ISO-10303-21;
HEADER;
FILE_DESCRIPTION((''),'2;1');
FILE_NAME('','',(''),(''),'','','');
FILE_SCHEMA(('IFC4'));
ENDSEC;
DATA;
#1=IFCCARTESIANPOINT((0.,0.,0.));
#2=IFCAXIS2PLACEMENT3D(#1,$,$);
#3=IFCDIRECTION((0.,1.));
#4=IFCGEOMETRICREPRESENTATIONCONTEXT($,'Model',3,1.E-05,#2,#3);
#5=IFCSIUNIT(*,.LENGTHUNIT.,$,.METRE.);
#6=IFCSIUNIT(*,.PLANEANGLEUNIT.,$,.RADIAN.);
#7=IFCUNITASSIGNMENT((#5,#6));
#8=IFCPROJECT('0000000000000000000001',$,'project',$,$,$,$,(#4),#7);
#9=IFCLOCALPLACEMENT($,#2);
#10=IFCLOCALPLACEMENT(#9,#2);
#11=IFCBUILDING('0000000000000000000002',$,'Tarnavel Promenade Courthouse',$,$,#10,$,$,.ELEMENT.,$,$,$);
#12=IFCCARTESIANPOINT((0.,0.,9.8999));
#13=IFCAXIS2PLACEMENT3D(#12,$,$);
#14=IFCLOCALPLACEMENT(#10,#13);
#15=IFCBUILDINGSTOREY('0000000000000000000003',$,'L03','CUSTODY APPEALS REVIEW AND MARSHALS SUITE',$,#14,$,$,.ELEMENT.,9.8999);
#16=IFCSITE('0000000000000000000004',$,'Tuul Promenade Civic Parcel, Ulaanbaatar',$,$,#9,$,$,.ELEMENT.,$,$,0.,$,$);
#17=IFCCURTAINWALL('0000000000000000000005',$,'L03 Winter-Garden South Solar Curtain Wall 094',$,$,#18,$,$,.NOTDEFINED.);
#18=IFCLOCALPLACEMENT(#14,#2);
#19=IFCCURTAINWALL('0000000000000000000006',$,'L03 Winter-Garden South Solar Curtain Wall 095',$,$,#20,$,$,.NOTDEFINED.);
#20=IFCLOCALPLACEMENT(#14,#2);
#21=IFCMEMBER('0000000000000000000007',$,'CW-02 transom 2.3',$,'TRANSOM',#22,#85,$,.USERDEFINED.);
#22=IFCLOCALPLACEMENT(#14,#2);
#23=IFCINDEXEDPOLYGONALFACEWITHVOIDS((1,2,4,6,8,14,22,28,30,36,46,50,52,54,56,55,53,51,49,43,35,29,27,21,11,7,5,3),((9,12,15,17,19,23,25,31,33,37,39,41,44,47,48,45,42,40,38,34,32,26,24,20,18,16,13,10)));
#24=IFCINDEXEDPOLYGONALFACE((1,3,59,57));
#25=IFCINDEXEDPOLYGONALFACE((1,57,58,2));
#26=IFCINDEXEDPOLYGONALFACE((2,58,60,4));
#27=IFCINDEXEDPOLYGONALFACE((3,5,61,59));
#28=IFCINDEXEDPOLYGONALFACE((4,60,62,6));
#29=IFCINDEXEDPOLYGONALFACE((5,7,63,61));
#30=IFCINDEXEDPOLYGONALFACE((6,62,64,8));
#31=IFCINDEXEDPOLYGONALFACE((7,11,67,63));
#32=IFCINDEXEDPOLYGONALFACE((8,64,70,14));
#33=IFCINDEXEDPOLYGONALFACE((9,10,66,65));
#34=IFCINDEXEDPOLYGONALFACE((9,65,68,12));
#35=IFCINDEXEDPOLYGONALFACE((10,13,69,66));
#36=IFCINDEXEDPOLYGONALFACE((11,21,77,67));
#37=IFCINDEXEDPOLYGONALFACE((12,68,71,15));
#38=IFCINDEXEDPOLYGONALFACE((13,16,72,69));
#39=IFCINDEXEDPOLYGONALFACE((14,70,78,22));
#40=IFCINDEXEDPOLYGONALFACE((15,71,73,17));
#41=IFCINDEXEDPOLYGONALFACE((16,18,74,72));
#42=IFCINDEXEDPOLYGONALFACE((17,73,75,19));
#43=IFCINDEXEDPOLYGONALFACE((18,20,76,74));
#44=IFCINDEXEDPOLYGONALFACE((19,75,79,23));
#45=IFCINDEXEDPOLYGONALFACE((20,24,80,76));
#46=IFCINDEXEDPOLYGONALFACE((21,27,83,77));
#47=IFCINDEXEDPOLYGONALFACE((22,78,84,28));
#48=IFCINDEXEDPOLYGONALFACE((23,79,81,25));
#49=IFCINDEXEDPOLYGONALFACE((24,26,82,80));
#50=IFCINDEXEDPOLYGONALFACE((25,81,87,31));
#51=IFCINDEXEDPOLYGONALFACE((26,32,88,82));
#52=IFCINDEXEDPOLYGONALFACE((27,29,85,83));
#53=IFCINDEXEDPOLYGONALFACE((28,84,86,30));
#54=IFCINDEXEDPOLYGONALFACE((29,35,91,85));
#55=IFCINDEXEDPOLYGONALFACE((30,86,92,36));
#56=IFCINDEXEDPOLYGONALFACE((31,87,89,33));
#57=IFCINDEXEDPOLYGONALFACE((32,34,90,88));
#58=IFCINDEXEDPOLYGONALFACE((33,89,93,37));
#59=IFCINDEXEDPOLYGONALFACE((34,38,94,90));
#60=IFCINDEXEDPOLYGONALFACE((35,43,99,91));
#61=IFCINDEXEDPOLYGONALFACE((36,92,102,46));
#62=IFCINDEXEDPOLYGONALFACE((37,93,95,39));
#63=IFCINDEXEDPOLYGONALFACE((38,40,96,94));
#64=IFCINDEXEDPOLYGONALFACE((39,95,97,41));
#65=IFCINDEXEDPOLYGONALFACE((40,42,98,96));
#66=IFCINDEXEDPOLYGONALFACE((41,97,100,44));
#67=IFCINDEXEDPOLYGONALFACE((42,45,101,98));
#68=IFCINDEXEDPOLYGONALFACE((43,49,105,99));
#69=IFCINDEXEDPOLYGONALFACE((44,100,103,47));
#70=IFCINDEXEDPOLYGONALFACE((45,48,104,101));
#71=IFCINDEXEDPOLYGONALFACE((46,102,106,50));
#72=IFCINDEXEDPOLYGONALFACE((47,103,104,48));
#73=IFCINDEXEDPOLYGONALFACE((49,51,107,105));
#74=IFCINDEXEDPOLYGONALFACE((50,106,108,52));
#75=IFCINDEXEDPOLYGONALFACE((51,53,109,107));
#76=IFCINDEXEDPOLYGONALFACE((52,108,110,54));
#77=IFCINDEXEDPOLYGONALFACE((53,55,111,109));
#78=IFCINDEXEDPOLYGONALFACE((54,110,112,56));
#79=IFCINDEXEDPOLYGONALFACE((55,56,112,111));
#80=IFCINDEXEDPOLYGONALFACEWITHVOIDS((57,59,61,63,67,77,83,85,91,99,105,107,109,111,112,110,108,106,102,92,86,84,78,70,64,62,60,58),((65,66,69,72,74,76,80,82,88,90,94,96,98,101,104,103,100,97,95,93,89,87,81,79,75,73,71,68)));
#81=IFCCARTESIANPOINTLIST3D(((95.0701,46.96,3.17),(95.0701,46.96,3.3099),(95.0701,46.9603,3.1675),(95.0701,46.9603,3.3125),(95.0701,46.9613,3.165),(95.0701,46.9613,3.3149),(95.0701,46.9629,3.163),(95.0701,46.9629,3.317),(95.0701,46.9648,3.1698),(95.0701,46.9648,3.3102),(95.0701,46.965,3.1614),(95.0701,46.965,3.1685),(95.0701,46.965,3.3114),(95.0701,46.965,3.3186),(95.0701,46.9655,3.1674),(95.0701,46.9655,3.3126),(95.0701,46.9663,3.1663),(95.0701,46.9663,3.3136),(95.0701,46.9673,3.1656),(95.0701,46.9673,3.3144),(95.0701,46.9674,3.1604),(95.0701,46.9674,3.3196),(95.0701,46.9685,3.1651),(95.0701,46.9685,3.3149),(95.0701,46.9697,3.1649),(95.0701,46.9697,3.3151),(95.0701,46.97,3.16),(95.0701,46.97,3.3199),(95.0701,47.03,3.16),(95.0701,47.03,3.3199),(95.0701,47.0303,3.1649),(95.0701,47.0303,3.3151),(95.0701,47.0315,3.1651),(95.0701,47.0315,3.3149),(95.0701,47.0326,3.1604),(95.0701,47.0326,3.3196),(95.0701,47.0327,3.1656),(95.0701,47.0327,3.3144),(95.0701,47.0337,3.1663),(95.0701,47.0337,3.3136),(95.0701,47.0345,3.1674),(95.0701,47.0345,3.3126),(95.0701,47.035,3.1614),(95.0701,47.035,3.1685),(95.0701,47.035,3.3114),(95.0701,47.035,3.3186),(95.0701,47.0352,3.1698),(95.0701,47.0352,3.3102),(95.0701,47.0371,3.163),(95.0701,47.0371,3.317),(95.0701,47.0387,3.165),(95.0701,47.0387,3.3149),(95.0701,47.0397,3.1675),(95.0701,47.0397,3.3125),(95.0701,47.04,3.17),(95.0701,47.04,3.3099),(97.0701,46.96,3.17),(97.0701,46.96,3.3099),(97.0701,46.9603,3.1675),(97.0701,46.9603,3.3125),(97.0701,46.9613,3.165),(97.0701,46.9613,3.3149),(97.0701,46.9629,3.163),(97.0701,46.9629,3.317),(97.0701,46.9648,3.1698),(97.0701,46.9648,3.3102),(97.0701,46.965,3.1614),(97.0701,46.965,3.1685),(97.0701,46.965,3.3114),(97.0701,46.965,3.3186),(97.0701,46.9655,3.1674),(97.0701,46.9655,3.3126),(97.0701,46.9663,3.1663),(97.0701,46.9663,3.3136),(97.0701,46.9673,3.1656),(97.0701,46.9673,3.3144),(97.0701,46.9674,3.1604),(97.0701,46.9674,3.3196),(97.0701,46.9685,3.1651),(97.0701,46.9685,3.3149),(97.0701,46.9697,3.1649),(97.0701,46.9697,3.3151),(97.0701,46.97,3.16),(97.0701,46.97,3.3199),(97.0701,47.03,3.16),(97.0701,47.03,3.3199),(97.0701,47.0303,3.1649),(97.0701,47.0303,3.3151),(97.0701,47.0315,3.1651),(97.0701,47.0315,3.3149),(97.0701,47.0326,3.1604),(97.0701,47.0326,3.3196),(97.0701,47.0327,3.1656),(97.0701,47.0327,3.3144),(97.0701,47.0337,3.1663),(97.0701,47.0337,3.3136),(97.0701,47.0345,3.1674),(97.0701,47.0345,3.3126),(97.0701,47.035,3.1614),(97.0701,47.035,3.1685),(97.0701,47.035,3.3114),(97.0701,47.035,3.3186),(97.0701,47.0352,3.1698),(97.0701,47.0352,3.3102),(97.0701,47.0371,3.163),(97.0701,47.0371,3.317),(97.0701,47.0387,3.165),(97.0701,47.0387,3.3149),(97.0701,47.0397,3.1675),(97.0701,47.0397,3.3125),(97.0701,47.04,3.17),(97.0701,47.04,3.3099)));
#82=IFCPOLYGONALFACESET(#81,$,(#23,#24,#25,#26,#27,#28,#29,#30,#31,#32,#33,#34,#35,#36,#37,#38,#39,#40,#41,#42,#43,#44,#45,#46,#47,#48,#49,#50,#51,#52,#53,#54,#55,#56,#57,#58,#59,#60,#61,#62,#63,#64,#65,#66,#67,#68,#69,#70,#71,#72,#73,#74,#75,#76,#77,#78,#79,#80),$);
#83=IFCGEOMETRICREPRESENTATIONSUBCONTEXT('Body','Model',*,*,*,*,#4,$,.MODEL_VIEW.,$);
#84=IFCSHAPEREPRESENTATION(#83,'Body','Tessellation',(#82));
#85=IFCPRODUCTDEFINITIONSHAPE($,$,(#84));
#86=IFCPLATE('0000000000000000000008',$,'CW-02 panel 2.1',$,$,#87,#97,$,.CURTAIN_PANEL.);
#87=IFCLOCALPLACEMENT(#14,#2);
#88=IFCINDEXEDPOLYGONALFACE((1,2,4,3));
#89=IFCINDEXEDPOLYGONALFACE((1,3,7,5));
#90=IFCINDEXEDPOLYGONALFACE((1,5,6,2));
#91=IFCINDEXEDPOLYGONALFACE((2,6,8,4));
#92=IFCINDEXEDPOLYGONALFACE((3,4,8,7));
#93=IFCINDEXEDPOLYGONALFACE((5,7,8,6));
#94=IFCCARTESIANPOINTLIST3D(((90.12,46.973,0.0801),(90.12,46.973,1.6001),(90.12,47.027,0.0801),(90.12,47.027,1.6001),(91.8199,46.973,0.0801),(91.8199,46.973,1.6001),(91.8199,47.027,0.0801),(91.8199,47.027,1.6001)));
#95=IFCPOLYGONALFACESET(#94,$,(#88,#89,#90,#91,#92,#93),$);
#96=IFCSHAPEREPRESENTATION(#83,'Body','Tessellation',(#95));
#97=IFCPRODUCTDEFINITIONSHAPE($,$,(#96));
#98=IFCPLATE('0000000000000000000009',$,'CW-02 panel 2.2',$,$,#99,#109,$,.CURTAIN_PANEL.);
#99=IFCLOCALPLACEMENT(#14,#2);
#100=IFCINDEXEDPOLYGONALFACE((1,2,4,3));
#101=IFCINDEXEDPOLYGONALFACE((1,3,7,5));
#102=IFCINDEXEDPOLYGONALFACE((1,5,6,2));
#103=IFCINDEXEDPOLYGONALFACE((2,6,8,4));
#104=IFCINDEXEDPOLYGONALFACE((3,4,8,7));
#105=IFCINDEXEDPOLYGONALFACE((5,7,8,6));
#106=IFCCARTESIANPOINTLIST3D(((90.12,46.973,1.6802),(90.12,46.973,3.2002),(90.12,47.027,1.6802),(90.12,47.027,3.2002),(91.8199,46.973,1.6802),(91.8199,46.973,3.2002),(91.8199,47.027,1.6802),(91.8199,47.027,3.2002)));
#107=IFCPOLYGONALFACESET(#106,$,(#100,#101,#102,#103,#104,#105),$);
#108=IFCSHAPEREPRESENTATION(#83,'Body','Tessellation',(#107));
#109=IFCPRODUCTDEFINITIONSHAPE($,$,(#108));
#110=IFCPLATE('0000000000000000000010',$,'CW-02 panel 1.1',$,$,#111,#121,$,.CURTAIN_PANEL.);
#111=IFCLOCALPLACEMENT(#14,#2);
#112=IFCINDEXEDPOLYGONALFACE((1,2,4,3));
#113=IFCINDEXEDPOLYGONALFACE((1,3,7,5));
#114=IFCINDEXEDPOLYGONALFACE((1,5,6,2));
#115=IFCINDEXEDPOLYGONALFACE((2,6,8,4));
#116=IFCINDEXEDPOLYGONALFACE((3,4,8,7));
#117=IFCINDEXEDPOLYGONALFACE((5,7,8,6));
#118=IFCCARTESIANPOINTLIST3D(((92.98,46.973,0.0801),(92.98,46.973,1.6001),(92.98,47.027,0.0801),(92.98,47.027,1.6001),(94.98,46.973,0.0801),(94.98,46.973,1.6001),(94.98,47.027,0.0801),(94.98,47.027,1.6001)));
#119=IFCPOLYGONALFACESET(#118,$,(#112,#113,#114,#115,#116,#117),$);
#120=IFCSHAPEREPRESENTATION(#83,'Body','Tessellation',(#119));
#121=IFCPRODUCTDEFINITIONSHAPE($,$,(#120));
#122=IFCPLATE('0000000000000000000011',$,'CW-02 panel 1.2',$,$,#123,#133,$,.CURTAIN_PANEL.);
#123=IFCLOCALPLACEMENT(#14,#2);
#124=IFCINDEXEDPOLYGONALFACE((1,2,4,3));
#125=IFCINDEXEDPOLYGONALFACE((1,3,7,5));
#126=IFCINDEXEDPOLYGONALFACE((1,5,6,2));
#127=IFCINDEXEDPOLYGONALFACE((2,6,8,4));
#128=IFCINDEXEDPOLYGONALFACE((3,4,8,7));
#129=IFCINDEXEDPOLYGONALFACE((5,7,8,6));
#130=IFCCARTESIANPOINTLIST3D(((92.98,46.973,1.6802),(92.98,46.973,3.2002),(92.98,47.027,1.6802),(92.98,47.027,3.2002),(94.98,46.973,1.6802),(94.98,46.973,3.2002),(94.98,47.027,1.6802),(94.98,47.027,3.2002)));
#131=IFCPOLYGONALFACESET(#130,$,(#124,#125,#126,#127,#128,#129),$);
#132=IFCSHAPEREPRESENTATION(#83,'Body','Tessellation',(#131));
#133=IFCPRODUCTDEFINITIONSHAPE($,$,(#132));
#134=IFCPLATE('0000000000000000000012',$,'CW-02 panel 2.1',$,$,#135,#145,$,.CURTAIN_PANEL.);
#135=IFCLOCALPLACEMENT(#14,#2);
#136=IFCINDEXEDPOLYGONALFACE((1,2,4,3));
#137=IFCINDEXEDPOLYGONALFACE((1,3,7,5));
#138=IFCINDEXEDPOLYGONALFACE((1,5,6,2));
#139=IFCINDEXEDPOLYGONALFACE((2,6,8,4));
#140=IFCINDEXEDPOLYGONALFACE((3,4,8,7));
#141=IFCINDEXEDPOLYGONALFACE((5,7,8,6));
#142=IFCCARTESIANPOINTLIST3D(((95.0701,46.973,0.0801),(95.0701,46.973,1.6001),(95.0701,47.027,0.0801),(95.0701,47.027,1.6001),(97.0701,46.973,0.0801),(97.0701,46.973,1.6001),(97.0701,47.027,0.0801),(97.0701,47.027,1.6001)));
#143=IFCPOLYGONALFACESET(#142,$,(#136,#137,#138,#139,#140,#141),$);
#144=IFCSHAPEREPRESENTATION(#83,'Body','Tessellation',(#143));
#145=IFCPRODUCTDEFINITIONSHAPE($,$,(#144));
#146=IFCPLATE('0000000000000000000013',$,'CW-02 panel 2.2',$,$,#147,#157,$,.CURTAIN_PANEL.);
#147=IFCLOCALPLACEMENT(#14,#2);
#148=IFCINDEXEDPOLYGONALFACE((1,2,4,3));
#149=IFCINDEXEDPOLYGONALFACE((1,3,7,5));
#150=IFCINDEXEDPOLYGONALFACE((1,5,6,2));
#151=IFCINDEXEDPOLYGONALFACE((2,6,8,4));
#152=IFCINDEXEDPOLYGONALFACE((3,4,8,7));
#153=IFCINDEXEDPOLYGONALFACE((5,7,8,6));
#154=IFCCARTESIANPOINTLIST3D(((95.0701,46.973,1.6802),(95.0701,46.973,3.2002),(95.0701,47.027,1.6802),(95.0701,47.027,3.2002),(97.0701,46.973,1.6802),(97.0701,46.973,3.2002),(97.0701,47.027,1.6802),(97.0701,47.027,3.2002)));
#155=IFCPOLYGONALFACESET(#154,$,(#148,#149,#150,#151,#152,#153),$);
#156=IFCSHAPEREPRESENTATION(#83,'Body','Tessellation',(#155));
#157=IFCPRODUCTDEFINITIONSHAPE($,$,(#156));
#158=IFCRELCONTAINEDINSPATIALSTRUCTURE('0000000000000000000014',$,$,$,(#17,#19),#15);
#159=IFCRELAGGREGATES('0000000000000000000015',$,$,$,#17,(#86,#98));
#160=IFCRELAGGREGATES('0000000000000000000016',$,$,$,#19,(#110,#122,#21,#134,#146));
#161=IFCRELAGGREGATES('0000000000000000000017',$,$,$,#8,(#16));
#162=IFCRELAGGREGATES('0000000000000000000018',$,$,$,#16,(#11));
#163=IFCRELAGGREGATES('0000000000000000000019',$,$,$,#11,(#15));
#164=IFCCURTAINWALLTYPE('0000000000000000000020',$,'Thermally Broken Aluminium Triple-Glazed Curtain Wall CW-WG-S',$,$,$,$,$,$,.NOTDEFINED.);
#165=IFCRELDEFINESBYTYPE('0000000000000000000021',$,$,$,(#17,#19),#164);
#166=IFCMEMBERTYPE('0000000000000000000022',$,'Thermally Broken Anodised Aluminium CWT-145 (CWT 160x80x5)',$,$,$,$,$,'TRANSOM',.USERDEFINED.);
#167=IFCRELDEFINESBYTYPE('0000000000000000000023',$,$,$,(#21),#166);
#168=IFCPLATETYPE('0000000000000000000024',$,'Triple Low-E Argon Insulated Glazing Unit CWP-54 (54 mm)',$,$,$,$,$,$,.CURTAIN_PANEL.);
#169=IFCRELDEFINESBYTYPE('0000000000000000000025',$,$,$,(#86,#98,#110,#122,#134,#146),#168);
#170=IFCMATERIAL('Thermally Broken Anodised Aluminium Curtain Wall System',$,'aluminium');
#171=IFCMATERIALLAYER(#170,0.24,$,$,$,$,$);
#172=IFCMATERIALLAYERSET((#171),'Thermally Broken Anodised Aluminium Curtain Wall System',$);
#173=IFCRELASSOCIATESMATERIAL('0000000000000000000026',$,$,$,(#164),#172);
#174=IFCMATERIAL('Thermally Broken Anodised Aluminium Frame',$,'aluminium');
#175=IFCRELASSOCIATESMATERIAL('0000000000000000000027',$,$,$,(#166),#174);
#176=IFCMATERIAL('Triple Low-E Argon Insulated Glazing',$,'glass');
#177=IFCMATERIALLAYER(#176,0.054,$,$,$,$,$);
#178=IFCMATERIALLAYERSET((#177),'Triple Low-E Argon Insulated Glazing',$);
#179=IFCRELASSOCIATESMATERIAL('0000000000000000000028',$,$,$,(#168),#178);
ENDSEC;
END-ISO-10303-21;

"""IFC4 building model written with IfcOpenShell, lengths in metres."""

from ifc_helpers import new_model, si_unit, direction, frame, origin, origin_2d, place, context, subcontext, project, spatial, rectangle, hollow_rectangle, extrude, material, layer, layer_set, material_profile, profile_set, type_object, element, aggregate, save


model = new_model("IFC4")

# Units and contexts
model_context = context("Model", 3, precision=1e-05, world=origin(), true_north=direction((0.0, 1.0)))
body_context = subcontext(model_context, "Body", "Model", "MODEL_VIEW")
ifc_project = project(units=[si_unit("LENGTHUNIT", "METRE"), si_unit("PLANEANGLEUNIT", "RADIAN")], contexts=[model_context])

# Site, building, storey
site_placement = place(None, origin())
site = spatial("IfcSite", under=ifc_project, at=site_placement, Name="Tuul Promenade Civic Parcel, Ulaanbaatar", CompositionType="ELEMENT", RefElevation=0.0)
building_placement = place(site_placement, origin())
building = spatial("IfcBuilding", under=site, at=building_placement, Name="Tarnavel Promenade Courthouse", CompositionType="ELEMENT")
storey_placement = place(building_placement, frame((0.0, 0.0, 9.8999)))
storey = spatial("IfcBuildingStorey", under=building, at=storey_placement, Name="L03", Description="CUSTODY APPEALS REVIEW AND MARSHALS SUITE", CompositionType="ELEMENT", Elevation=9.8999)

# Curtain wall
ifc_material_1 = material(Name="Thermally Broken Anodised Aluminium Curtain Wall System", Category="aluminium")
ifc_layer_1 = layer(ifc_material_1, 0.24)
ifc_layer_set_1 = layer_set([ifc_layer_1], Name="Thermally Broken Anodised Aluminium Curtain Wall System")
curtain_wall_type = type_object("IfcCurtainWallType", Name="Thermally Broken Aluminium Triple-Glazed Curtain Wall CW-WG-S", PredefinedType="NOTDEFINED", material=ifc_layer_set_1)
curtain_wall_1_placement = place(storey_placement, origin())
curtain_wall_1 = element("IfcCurtainWall", 1, at=curtain_wall_1_placement, inside=storey, type_object=curtain_wall_type, Name="L03 Winter-Garden South Solar Curtain Wall 094", PredefinedType="NOTDEFINED")
ifc_material_2 = material(Name="Thermally Broken Anodised Aluminium Frame", Category="aluminium")

# Curtain wall, member
curtain_wall_2_placement = place(storey_placement, origin())
curtain_wall_2 = element("IfcCurtainWall", 2, at=curtain_wall_2_placement, inside=storey, type_object=curtain_wall_type, Name="L03 Winter-Garden South Solar Curtain Wall 095", PredefinedType="NOTDEFINED")
ifc_material_profile_1 = material_profile(ifc_material_2, hollow_rectangle(XDim=0.0801, YDim=0.1599, WallThickness=0.0049, InnerFilletRadius=0.0049, OuterFilletRadius=0.01, at=origin_2d()), Name="CWT 160x80x5")
ifc_profile_set_1 = profile_set([ifc_material_profile_1], Name="Thermally Broken Anodised Aluminium Frame")
member_type_1 = type_object("IfcMemberType", Name="Thermally Broken Anodised Aluminium CWT-145 (CWT 160x80x5)", ElementType="TRANSOM", PredefinedType="USERDEFINED", material=ifc_profile_set_1)
member_1_placement = place(storey_placement, frame((95.0701, 47.0, 3.24), z_axis=(1.0, 0.0, 0.0), x_axis=(0.0, 1.0, 0.0)))
member_1 = element("IfcMember", 3, at=member_1_placement, type_object=member_type_1, Name="CW-02 transom 2.3", ObjectType="TRANSOM", PredefinedType="USERDEFINED", context=body_context, shape_type="SweptSolid", body=[
    extrude(hollow_rectangle(XDim=0.0801, YDim=0.1599, WallThickness=0.0049, InnerFilletRadius=0.0049, OuterFilletRadius=0.01, at=origin_2d()), origin(), (0.0, 0.0, 1.0), 2.0),
])

# Plates
ifc_material_3 = material(Name="Triple Low-E Argon Insulated Glazing", Category="glass")
ifc_layer_2 = layer(ifc_material_3, 0.054)
ifc_layer_set_2 = layer_set([ifc_layer_2], Name="Triple Low-E Argon Insulated Glazing")
plate_type = type_object("IfcPlateType", Name="Triple Low-E Argon Insulated Glazing Unit CWP-54 (54 mm)", PredefinedType="CURTAIN_PANEL", material=ifc_layer_set_2)
plate_1_placement = place(storey_placement, frame((90.97, 47.0, 0.0801), z_axis=(0.0, 0.0, 1.0), x_axis=(1.0, 0.0, 0.0)))
plate_1 = element("IfcPlate", 4, at=plate_1_placement, type_object=plate_type, Name="CW-02 panel 2.1", PredefinedType="CURTAIN_PANEL", context=body_context, shape_type="SweptSolid", body=[
    extrude(rectangle(XDim=1.7, YDim=0.054, at=origin_2d()), origin(), (0.0, 0.0, 1.0), 1.52),
])
plate_2_placement = place(storey_placement, frame((90.97, 47.0, 1.6802), z_axis=(0.0, 0.0, 1.0), x_axis=(1.0, 0.0, 0.0)))
plate_2 = element("IfcPlate", 5, at=plate_2_placement, type_object=plate_type, Name="CW-02 panel 2.2", PredefinedType="CURTAIN_PANEL", context=body_context, shape_type="SweptSolid", body=[
    extrude(rectangle(XDim=1.7, YDim=0.054, at=origin_2d()), origin(), (0.0, 0.0, 1.0), 1.52),
])
aggregate(curtain_wall_1, [plate_1, plate_2])
plate_3_placement = place(storey_placement, frame((93.98, 47.0, 0.0801), z_axis=(0.0, 0.0, 1.0), x_axis=(1.0, 0.0, 0.0)))
plate_3 = element("IfcPlate", 6, at=plate_3_placement, type_object=plate_type, Name="CW-02 panel 1.1", PredefinedType="CURTAIN_PANEL", context=body_context, shape_type="SweptSolid", body=[
    extrude(rectangle(XDim=2.0, YDim=0.054, at=origin_2d()), origin(), (0.0, 0.0, 1.0), 1.52),
])
plate_4_placement = place(storey_placement, frame((93.98, 47.0, 1.6802), z_axis=(0.0, 0.0, 1.0), x_axis=(1.0, 0.0, 0.0)))
plate_4 = element("IfcPlate", 7, at=plate_4_placement, type_object=plate_type, Name="CW-02 panel 1.2", PredefinedType="CURTAIN_PANEL", context=body_context, shape_type="SweptSolid", body=[
    extrude(rectangle(XDim=2.0, YDim=0.054, at=origin_2d()), origin(), (0.0, 0.0, 1.0), 1.52),
])
plate_5_placement = place(storey_placement, frame((96.0701, 47.0, 0.0801), z_axis=(0.0, 0.0, 1.0), x_axis=(1.0, 0.0, 0.0)))
plate_5 = element("IfcPlate", 8, at=plate_5_placement, type_object=plate_type, Name="CW-02 panel 2.1", PredefinedType="CURTAIN_PANEL", context=body_context, shape_type="SweptSolid", body=[
    extrude(rectangle(XDim=2.0, YDim=0.054, at=origin_2d()), origin(), (0.0, 0.0, 1.0), 1.52),
])
plate_6_placement = place(storey_placement, frame((96.0701, 47.0, 1.6802), z_axis=(0.0, 0.0, 1.0), x_axis=(1.0, 0.0, 0.0)))
plate_6 = element("IfcPlate", 9, at=plate_6_placement, type_object=plate_type, Name="CW-02 panel 2.2", PredefinedType="CURTAIN_PANEL", context=body_context, shape_type="SweptSolid", body=[
    extrude(rectangle(XDim=2.0, YDim=0.054, at=origin_2d()), origin(), (0.0, 0.0, 1.0), 1.52),
])
aggregate(curtain_wall_2, [plate_3, plate_4, member_1, plate_5, plate_6])

save(model, "model.ifc")
